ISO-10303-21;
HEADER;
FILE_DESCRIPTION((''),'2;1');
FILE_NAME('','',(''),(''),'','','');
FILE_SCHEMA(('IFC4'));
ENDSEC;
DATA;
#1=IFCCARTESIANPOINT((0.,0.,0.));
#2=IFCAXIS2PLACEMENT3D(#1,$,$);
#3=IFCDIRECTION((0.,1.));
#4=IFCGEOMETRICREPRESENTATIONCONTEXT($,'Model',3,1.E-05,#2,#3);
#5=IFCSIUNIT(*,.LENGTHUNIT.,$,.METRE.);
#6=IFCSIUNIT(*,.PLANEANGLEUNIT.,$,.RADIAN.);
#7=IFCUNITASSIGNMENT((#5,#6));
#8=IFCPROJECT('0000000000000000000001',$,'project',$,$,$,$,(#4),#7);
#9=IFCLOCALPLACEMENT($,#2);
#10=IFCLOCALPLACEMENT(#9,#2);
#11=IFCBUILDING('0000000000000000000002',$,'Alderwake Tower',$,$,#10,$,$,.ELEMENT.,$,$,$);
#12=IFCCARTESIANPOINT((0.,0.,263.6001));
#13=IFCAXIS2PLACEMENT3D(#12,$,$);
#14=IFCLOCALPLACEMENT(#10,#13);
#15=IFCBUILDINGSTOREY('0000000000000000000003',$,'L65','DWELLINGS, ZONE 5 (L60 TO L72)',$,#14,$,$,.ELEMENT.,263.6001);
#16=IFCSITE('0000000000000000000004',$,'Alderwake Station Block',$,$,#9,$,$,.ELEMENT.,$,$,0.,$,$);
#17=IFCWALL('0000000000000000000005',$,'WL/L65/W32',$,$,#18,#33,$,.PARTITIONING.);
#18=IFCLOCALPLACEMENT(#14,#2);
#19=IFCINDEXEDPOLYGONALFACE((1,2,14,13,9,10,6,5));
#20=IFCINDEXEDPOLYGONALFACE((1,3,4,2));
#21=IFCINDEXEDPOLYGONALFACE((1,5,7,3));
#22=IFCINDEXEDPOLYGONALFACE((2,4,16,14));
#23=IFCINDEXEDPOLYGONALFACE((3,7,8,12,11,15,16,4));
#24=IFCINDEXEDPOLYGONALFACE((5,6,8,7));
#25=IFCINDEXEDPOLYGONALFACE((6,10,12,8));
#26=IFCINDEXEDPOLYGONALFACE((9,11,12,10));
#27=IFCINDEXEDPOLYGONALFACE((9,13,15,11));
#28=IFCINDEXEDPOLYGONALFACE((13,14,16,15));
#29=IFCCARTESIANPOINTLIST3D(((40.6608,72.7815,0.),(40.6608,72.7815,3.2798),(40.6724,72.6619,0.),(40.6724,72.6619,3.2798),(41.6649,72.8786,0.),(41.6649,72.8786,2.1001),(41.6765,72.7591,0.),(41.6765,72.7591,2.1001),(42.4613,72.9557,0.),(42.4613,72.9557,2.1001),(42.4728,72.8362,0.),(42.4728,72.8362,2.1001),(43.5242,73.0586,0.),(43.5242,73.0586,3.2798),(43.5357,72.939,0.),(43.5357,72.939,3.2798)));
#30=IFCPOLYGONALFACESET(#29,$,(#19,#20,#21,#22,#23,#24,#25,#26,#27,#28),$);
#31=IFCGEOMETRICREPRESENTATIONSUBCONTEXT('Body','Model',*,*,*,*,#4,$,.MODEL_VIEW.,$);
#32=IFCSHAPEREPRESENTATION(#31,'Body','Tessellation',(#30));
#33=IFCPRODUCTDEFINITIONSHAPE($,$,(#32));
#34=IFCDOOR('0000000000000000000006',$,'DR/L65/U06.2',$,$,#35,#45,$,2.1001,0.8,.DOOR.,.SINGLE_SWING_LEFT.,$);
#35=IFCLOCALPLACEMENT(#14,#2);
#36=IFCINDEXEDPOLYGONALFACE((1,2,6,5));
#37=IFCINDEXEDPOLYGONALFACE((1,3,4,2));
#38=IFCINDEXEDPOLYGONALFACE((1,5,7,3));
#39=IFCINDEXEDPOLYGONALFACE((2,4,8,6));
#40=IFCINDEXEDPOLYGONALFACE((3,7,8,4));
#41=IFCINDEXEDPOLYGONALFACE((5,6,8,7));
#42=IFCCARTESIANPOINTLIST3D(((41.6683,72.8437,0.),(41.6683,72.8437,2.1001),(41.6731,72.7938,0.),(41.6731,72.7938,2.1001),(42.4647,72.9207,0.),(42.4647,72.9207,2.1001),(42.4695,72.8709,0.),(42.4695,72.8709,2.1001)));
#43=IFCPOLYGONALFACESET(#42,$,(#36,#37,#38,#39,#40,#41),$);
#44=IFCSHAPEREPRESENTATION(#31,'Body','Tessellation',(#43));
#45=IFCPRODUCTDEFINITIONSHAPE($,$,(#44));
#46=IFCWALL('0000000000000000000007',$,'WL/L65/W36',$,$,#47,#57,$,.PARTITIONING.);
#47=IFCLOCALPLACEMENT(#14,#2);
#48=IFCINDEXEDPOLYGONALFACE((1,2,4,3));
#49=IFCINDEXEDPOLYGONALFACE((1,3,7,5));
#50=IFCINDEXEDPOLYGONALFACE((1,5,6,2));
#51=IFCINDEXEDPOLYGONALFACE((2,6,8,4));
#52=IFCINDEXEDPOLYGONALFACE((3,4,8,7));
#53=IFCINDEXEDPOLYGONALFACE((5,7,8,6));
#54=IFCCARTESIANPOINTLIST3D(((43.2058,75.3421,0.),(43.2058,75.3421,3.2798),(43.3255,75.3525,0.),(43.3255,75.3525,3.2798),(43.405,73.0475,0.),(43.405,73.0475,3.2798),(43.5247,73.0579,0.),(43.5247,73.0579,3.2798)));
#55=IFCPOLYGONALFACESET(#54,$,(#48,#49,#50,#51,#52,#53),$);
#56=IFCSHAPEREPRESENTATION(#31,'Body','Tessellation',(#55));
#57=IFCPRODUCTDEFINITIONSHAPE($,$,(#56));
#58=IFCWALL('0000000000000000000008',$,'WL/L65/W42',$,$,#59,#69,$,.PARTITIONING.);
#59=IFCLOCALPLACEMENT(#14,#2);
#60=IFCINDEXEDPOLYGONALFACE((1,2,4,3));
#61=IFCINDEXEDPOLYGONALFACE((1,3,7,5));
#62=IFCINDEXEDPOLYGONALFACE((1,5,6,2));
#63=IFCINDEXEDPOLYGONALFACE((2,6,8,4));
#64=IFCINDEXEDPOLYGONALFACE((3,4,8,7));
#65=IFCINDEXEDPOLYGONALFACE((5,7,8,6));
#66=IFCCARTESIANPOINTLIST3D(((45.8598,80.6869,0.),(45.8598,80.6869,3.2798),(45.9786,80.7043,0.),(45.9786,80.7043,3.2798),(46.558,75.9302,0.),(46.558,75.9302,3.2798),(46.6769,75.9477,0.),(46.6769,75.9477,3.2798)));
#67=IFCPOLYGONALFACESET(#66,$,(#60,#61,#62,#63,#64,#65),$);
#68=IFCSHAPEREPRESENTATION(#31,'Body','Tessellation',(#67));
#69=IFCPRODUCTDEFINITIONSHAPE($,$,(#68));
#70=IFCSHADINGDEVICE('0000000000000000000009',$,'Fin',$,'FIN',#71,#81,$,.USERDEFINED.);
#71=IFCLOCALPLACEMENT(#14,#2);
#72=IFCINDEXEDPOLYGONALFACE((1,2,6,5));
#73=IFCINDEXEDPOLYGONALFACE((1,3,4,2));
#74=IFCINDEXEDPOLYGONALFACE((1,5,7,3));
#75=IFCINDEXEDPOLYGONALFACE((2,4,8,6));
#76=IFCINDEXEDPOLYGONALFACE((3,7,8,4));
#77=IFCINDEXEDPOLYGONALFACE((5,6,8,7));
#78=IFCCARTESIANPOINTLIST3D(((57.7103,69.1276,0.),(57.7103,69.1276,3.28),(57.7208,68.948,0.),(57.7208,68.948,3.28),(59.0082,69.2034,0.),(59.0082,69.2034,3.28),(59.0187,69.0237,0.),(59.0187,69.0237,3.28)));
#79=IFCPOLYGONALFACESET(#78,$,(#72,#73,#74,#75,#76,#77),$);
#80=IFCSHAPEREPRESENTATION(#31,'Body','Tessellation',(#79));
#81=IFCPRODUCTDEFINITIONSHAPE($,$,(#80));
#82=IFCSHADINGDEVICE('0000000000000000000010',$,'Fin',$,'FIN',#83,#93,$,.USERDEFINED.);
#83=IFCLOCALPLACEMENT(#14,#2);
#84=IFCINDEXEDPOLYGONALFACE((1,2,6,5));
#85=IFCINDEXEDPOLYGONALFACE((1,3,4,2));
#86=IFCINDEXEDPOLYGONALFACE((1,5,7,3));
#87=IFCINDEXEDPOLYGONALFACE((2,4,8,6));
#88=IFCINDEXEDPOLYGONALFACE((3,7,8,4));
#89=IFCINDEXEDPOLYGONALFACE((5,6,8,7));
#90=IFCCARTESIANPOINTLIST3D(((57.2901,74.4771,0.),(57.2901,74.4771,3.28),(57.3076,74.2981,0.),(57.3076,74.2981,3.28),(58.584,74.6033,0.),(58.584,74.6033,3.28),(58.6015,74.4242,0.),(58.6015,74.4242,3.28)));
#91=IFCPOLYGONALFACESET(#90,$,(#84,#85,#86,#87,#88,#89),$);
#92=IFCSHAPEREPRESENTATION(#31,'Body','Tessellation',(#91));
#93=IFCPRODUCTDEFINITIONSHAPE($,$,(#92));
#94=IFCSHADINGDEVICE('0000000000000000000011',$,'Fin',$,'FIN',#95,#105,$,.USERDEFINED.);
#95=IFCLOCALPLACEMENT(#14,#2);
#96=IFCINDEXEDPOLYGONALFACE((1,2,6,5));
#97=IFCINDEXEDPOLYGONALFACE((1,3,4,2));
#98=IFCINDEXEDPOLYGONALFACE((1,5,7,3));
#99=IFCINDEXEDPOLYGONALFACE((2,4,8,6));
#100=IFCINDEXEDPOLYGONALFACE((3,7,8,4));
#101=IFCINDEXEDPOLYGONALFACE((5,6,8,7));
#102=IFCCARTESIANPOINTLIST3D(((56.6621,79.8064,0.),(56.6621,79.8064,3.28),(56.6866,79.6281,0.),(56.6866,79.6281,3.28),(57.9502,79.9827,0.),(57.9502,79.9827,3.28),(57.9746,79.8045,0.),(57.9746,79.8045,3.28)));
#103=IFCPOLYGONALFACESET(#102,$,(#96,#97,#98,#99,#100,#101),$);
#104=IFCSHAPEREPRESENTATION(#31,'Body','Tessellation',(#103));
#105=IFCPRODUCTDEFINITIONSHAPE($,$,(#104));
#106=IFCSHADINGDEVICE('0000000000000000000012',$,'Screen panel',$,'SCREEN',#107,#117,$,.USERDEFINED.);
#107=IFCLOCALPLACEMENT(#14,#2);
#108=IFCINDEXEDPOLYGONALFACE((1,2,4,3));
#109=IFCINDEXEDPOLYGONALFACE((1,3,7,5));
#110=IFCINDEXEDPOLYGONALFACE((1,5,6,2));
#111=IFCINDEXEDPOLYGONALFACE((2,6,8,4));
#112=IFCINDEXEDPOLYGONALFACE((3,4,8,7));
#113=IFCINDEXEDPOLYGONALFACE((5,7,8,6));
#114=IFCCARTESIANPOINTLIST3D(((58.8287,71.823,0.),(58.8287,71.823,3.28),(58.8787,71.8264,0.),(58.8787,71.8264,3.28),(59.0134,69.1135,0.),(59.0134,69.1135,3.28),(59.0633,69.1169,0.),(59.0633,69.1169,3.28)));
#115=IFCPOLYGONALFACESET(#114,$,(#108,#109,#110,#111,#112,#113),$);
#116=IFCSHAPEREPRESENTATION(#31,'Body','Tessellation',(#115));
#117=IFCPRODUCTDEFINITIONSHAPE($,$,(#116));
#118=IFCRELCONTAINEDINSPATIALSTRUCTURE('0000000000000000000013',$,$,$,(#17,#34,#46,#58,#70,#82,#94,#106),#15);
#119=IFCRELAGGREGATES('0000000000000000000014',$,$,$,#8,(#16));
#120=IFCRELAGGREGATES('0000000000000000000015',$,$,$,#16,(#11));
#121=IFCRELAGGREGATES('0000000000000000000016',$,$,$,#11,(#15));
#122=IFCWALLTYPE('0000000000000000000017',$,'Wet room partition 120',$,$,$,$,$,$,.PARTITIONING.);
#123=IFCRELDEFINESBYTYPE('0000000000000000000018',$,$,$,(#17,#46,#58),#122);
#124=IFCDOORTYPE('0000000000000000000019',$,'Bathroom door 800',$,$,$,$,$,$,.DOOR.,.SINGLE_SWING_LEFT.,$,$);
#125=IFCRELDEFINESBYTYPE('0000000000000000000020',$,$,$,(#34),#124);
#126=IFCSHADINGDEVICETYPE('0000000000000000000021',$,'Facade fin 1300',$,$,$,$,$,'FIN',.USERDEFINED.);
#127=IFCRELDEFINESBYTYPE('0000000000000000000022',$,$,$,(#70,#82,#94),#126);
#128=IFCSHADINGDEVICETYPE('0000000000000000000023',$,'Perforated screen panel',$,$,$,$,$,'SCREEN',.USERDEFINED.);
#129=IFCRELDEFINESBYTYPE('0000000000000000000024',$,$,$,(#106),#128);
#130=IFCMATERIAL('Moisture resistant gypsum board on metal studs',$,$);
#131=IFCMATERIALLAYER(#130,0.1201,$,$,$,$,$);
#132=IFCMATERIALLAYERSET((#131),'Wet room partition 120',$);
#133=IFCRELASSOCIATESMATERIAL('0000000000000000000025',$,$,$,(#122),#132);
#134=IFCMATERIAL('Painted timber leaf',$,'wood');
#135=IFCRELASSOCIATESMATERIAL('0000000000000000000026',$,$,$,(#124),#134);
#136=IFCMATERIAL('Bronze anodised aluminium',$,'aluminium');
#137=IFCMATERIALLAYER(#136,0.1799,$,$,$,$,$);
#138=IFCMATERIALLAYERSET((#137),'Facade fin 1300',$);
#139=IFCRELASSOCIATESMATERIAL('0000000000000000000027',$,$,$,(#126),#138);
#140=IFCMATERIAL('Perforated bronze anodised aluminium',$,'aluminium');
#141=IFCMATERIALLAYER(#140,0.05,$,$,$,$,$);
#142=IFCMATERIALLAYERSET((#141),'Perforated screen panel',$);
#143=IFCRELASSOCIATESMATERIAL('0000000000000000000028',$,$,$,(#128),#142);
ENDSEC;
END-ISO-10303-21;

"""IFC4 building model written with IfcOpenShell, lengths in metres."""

from ifc_helpers import new_model, si_unit, direction, frame, frame_2d, origin, origin_2d, place, context, subcontext, project, spatial, rectangle, extrude, material, layer, layer_set, type_object, element, fill, save


model = new_model("IFC4")

# Units and contexts
model_context = context("Model", 3, precision=1e-05, world=origin(), true_north=direction((0.0, 1.0)))
body_context = subcontext(model_context, "Body", "Model", "MODEL_VIEW")
ifc_project = project(units=[si_unit("LENGTHUNIT", "METRE"), si_unit("PLANEANGLEUNIT", "RADIAN")], contexts=[model_context])

# Site, building, storey
site_placement = place(None, origin())
site = spatial("IfcSite", under=ifc_project, at=site_placement, Name="Alderwake Station Block", CompositionType="ELEMENT", RefElevation=0.0)
building_placement = place(site_placement, origin())
building = spatial("IfcBuilding", under=site, at=building_placement, Name="Alderwake Tower", CompositionType="ELEMENT")
storey_placement = place(building_placement, frame((0.0, 0.0, 263.6001)))
storey = spatial("IfcBuildingStorey", under=building, at=storey_placement, Name="L65", Description="DWELLINGS, ZONE 5 (L60 TO L72)", CompositionType="ELEMENT", Elevation=263.6001)

# Wall, opening, door
ifc_material_1 = material(Name="Moisture resistant gypsum board on metal studs")
ifc_layer_1 = layer(ifc_material_1, 0.1201)
ifc_layer_set_1 = layer_set([ifc_layer_1], Name="Wet room partition 120")
wall_type_1 = type_object("IfcWallType", Name="Wet room partition 120", PredefinedType="PARTITIONING", material=ifc_layer_set_1)
wall_1_placement = place(storey_placement, frame((40.6665, 72.7217, 0.0), z_axis=(0.0, 0.0, 1.0), x_axis=(0.99535, 0.096327, 0.0)))
wall_1 = element("IfcWall", 1, at=wall_1_placement, inside=storey, type_object=wall_type_1, Name="WL/L65/W32", PredefinedType="PARTITIONING", context=body_context, shape_type="SweptSolid", body=[
    extrude(rectangle(XDim=2.8767, YDim=0.1201, at=frame_2d((1.4385, 0.0))), origin(), (0.0, 0.0, 1.0), 3.2798),
])
opening_1_placement = place(wall_1_placement, frame((1.009, 0.0, 0.0)))
opening_1 = element("IfcOpeningElement", 2, at=opening_1_placement, cuts=wall_1, PredefinedType="OPENING", context=body_context, shape_type="SweptSolid", body=[
    extrude(rectangle(XDim=0.8, YDim=2.1001, at=frame_2d((0.3999, 1.05))), frame((0.0, 0.0701, 0.0), z_axis=(0.0, -1.0, 0.0), x_axis=(1.0, 0.0, 0.0)), (0.0, 0.0, 1.0), 0.1401),
])
ifc_material_2 = material(Name="Painted timber leaf", Category="wood")
door_type_1 = type_object("IfcDoorType", Name="Bathroom door 800", OperationType="SINGLE_SWING_LEFT", PredefinedType="DOOR", material=ifc_material_2)
door_1_placement = place(opening_1_placement, origin())
door_1 = element("IfcDoor", 3, at=door_1_placement, inside=storey, type_object=door_type_1, Name="DR/L65/U06.2", OperationType="SINGLE_SWING_LEFT", OverallHeight=2.1001, OverallWidth=0.8, PredefinedType="DOOR", context=body_context, shape_type="SweptSolid", body=[
    extrude(rectangle(XDim=0.8, YDim=2.1001, at=frame_2d((0.3999, 1.05))), frame((0.0, 0.0249, 0.0), z_axis=(0.0, -1.0, 0.0), x_axis=(1.0, 0.0, 0.0)), (0.0, 0.0, 1.0), 0.05),
])
fill(opening_1, door_1)

# Walls
wall_2_placement = place(storey_placement, frame((43.4648, 73.0527, 0.0), z_axis=(0.0, 0.0, 1.0), x_axis=(-0.086492, 0.996253, 0.0)))
element("IfcWall", 4, at=wall_2_placement, inside=storey, type_object=wall_type_1, Name="WL/L65/W36", PredefinedType="PARTITIONING", context=body_context, shape_type="SweptSolid", body=[
    extrude(rectangle(XDim=2.3032, YDim=0.1201, at=frame_2d((1.1516, 0.0))), origin(), (0.0, 0.0, 1.0), 3.2798),
])
wall_3_placement = place(storey_placement, frame((46.6174, 75.939, 0.0), z_axis=(0.0, 0.0, 1.0), x_axis=(-0.145238, 0.989397, 0.0)))
element("IfcWall", 5, at=wall_3_placement, inside=storey, type_object=wall_type_1, Name="WL/L65/W42", PredefinedType="PARTITIONING", context=body_context, shape_type="SweptSolid", body=[
    extrude(rectangle(XDim=4.8076, YDim=0.1201, at=frame_2d((2.4038, 0.0))), origin(), (0.0, 0.0, 1.0), 3.2798),
])

# Shading devices
ifc_material_3 = material(Name="Bronze anodised aluminium", Category="aluminium")
ifc_layer_2 = layer(ifc_material_3, 0.1799)
ifc_layer_set_2 = layer_set([ifc_layer_2], Name="Facade fin 1300")
shading_device_type_1 = type_object("IfcShadingDeviceType", Name="Facade fin 1300", ElementType="FIN", PredefinedType="USERDEFINED", material=ifc_layer_set_2)
for number, where, z_axis, x_axis, name in (
    (6, (58.3645, 69.0757, 0.0), (0.0, 0.0, 1.0), (0.998301, 0.058266, 0.0), "Fin"),
    (7, (57.9458, 74.4507, 0.0), (0.0, 0.0, 1.0), (0.99528, 0.097046, 0.0), "Fin"),
    (8, (57.3184, 79.8054, 0.0), (0.0, 0.0, 1.0), (0.990753, 0.135681, 0.0), "Fin"),
):
    element("IfcShadingDevice", number, at=place(storey_placement, frame(where, z_axis=z_axis, x_axis=x_axis)), inside=storey, type_object=shading_device_type_1, Name=name, ObjectType="FIN", PredefinedType="USERDEFINED", context=body_context, shape_type="SweptSolid", body=[
        extrude(rectangle(XDim=1.3, YDim=0.1799, at=origin_2d()), origin(), (0.0, 0.0, 1.0), 3.28),
    ])
ifc_material_4 = material(Name="Perforated bronze anodised aluminium", Category="aluminium")
ifc_layer_3 = layer(ifc_material_4, 0.05)
ifc_layer_set_3 = layer_set([ifc_layer_3], Name="Perforated screen panel")
shading_device_type_2 = type_object("IfcShadingDeviceType", Name="Perforated screen panel", ElementType="SCREEN", PredefinedType="USERDEFINED", material=ifc_layer_set_3)
shading_device_placement = place(storey_placement, frame((58.946, 70.47, 0.0), z_axis=(0.0, 0.0, 1.0), x_axis=(0.997685, 0.067998, 0.0)))
element("IfcShadingDevice", 9, at=shading_device_placement, inside=storey, type_object=shading_device_type_2, Name="Screen panel", ObjectType="SCREEN", PredefinedType="USERDEFINED", context=body_context, shape_type="SweptSolid", body=[
    extrude(rectangle(XDim=0.05, YDim=2.7158, at=origin_2d()), origin(), (0.0, 0.0, 1.0), 3.28),
])

save(model, "model.ifc")
